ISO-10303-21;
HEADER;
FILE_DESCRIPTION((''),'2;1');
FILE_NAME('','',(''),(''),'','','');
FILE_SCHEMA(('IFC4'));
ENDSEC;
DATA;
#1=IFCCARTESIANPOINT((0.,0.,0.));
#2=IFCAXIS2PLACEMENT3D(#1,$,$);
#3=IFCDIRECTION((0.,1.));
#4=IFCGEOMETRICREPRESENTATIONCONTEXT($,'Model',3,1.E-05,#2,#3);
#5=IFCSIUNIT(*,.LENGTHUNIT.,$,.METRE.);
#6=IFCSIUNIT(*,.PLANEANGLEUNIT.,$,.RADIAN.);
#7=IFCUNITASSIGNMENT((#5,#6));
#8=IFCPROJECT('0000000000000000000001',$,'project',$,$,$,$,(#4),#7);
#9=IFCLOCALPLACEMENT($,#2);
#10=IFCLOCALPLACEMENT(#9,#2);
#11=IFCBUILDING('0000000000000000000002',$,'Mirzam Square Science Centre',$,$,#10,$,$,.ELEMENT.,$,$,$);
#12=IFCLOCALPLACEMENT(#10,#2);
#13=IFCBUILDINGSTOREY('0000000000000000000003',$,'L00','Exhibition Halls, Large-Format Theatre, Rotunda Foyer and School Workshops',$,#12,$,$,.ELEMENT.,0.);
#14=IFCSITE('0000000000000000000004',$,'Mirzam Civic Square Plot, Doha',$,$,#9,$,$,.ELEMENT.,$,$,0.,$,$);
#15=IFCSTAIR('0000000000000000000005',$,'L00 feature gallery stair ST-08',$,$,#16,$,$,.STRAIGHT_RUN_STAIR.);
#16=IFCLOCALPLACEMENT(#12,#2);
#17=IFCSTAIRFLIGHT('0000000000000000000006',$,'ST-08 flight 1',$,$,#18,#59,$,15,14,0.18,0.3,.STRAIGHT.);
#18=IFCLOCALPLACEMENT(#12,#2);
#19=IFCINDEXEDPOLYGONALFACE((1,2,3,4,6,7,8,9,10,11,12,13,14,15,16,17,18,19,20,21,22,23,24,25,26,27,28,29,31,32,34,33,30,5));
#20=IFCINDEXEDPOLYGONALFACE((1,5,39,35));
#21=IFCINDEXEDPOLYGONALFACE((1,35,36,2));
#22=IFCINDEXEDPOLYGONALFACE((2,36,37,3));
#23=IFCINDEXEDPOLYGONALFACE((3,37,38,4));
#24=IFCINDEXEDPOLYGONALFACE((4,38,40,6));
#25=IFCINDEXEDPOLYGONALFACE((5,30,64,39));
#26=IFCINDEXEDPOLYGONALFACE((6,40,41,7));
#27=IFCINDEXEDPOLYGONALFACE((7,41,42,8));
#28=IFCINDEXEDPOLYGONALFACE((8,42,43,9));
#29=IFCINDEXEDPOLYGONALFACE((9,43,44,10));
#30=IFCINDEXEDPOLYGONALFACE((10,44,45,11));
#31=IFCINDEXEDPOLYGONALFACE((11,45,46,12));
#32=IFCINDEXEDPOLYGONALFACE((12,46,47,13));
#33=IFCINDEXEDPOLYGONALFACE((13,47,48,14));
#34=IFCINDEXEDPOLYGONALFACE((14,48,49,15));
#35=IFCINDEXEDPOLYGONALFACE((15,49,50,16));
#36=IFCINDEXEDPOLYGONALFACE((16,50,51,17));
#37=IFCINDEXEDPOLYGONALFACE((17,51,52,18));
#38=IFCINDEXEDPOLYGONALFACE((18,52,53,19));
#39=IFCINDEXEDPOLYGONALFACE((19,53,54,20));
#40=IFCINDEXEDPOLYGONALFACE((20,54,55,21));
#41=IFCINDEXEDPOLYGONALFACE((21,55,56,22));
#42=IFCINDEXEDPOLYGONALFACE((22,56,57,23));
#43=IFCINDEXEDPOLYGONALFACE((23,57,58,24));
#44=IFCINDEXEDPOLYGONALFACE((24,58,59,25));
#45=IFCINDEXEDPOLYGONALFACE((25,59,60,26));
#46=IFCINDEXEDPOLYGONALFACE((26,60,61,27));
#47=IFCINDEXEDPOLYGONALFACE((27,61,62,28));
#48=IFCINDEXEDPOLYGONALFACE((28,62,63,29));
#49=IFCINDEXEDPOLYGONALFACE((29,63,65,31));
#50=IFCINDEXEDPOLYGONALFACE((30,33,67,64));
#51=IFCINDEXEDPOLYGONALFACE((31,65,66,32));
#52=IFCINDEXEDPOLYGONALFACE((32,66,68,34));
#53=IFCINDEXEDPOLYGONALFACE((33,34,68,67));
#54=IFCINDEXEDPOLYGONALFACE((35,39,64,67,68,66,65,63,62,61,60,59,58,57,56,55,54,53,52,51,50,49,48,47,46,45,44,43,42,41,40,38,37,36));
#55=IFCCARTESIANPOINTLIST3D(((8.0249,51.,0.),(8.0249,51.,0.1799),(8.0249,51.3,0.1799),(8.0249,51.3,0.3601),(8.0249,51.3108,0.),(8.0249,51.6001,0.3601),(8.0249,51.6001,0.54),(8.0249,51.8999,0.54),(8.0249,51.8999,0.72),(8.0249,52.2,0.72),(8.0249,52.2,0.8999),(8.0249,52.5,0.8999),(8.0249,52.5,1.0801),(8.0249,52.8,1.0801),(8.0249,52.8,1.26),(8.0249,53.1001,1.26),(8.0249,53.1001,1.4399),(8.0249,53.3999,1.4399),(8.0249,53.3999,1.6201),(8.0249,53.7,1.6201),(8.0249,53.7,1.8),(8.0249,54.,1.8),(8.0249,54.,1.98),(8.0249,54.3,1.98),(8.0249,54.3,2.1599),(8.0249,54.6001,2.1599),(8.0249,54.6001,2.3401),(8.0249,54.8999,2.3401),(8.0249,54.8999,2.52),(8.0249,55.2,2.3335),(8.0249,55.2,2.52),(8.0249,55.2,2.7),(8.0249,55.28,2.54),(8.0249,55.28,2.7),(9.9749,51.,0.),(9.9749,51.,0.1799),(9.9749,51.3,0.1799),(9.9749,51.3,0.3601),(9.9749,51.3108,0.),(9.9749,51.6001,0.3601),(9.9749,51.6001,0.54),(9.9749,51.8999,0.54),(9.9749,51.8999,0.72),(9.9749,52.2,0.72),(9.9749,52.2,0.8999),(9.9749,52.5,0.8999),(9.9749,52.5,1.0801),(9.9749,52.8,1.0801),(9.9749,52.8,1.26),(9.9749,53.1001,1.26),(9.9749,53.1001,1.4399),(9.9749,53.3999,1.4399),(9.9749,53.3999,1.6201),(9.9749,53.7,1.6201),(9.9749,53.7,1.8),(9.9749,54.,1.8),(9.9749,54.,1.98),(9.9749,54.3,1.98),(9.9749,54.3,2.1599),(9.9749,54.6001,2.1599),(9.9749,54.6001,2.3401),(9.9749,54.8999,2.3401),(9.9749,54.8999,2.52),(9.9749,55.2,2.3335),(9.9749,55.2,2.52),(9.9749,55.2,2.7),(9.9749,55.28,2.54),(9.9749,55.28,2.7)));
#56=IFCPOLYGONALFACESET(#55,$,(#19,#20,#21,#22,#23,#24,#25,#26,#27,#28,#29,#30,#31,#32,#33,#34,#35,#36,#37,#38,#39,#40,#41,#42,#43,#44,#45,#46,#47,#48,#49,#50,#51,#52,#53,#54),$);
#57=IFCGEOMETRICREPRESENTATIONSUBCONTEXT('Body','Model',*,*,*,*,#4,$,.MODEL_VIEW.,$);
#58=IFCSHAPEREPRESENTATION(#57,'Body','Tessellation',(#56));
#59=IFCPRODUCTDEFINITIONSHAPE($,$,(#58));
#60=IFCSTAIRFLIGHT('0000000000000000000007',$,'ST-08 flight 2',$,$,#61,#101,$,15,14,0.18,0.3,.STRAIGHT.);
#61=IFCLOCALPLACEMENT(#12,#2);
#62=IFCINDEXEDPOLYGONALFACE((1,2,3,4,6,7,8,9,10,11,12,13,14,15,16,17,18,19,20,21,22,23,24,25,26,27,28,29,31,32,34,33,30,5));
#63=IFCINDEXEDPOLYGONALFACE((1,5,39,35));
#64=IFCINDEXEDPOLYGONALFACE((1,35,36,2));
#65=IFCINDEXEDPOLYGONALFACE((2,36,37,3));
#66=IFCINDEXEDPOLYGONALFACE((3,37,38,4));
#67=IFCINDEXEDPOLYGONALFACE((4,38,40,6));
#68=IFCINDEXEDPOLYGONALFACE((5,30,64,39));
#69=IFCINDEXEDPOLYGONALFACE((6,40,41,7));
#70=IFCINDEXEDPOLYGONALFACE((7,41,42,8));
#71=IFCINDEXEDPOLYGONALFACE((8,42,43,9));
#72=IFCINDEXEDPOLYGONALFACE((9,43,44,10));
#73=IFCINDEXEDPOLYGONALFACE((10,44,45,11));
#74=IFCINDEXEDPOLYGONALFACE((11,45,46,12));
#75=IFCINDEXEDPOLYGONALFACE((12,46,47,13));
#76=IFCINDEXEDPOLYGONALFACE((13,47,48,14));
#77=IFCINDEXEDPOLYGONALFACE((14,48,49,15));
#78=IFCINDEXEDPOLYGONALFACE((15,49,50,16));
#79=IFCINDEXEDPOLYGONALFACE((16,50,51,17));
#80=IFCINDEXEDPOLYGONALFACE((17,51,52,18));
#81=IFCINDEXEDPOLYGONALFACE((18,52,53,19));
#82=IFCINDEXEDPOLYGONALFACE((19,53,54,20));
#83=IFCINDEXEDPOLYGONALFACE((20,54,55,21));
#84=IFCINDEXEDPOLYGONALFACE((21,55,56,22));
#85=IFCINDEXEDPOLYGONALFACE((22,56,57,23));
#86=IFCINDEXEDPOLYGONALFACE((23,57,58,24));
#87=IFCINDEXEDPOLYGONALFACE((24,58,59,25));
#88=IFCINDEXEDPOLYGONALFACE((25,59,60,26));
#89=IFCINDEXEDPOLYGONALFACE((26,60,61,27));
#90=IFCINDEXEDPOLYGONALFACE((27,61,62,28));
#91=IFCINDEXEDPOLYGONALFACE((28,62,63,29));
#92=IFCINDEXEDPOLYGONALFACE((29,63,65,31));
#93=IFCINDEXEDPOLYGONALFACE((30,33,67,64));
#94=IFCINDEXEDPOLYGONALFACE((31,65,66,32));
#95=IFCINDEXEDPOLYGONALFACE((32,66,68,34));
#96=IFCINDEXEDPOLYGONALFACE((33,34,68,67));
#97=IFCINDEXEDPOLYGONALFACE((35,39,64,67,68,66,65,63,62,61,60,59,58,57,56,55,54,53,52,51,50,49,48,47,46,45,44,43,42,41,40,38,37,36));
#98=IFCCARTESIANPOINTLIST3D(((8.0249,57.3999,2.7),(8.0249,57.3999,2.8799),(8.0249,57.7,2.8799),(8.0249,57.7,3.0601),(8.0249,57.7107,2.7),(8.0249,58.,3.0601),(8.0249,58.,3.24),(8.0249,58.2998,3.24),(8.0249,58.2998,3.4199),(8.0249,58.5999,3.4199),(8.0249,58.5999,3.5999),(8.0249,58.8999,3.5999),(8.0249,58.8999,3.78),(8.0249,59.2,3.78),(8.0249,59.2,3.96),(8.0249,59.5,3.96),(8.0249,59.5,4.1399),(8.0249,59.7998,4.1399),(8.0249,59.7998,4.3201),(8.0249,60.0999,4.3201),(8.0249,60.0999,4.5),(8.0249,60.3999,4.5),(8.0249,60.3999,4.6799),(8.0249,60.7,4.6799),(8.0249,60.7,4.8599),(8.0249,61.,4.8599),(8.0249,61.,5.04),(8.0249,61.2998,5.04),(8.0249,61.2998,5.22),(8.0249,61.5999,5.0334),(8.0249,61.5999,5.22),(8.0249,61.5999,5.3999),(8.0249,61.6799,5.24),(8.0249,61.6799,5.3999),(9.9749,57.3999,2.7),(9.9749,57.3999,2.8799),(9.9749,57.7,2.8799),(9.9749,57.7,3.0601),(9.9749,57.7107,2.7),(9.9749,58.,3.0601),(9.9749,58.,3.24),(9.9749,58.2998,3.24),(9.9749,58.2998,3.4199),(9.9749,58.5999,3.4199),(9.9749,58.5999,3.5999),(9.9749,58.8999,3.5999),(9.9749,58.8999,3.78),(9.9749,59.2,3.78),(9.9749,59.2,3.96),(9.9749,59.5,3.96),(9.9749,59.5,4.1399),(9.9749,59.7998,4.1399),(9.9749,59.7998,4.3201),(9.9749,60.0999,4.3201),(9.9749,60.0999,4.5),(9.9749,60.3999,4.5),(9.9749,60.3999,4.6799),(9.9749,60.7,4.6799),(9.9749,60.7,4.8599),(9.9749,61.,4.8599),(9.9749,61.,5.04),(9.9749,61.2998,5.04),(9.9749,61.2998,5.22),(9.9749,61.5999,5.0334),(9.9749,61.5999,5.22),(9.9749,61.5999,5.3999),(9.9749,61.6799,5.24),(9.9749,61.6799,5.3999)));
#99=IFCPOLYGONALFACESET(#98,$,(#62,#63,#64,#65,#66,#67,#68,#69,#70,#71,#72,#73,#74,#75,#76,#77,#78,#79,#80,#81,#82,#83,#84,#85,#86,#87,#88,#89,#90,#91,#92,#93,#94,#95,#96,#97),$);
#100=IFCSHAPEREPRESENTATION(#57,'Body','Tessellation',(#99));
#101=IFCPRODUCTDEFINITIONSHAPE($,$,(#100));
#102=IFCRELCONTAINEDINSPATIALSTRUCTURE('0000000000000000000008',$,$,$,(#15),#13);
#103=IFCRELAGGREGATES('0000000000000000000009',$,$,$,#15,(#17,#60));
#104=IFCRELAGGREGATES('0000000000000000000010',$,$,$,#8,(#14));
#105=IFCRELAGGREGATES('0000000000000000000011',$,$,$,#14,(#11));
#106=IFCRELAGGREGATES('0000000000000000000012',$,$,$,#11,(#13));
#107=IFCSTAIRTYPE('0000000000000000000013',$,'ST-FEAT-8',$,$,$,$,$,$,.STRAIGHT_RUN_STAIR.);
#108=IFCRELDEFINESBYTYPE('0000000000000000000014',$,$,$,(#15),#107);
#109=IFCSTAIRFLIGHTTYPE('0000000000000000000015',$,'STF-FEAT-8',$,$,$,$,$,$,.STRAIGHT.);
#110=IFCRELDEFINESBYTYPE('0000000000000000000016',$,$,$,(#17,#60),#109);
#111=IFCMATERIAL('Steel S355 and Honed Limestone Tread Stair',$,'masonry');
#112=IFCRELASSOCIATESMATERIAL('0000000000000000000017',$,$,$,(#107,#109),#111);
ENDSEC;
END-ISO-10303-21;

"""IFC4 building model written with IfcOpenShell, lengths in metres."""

from ifc_helpers import new_model, si_unit, direction, frame, origin, place, context, subcontext, project, spatial, polyline, outline, extrude, material, type_object, element, aggregate, save


model = new_model("IFC4")

# Units and contexts
model_context = context("Model", 3, precision=1e-05, world=origin(), true_north=direction((0.0, 1.0)))
body_context = subcontext(model_context, "Body", "Model", "MODEL_VIEW")
ifc_project = project(units=[si_unit("LENGTHUNIT", "METRE"), si_unit("PLANEANGLEUNIT", "RADIAN")], contexts=[model_context])

# Site, building, storey
site_placement = place(None, origin())
site = spatial("IfcSite", under=ifc_project, at=site_placement, Name="Mirzam Civic Square Plot, Doha", CompositionType="ELEMENT", RefElevation=0.0)
building_placement = place(site_placement, origin())
building = spatial("IfcBuilding", under=site, at=building_placement, Name="Mirzam Square Science Centre", CompositionType="ELEMENT")
storey_placement = place(building_placement, origin())
storey = spatial("IfcBuildingStorey", under=building, at=storey_placement, Name="L00", Description="Exhibition Halls, Large-Format Theatre, Rotunda Foyer and School Workshops", CompositionType="ELEMENT", Elevation=0.0)

# Stair, stair flights
ifc_material_1 = material(Name="Steel S355 and Honed Limestone Tread Stair", Category="masonry")
stair_type = type_object("IfcStairType", Name="ST-FEAT-8", PredefinedType="STRAIGHT_RUN_STAIR", material=ifc_material_1)
stair_placement = place(storey_placement, origin())
stair = element("IfcStair", 1, at=stair_placement, inside=storey, type_object=stair_type, Name="L00 feature gallery stair ST-08", PredefinedType="STRAIGHT_RUN_STAIR")
stair_flight_type = type_object("IfcStairFlightType", Name="STF-FEAT-8", PredefinedType="STRAIGHT", material=ifc_material_1)
stair_flight_1_placement = place(storey_placement, frame((9.0, 51.0, 0.0), z_axis=(0.0, 0.0, 1.0), x_axis=(0.0, 1.0, 0.0)))
stair_flight_1 = element("IfcStairFlight", 2, at=stair_flight_1_placement, type_object=stair_flight_type, Name="ST-08 flight 1", NumberOfRisers=15, NumberOfTreads=14, PredefinedType="STRAIGHT", RiserHeight=0.18, TreadLength=0.3, context=body_context, shape_type="SweptSolid", body=[
    extrude(outline(polyline([(0.0, 0.0), (0.0, 0.1799), (0.3, 0.1799), (0.3, 0.3601), (0.6001, 0.3601), (0.6001, 0.54), (0.8999, 0.54), (0.8999, 0.72), (1.2, 0.72), (1.2, 0.8999), (1.5, 0.8999), (1.5, 1.0801), (1.8, 1.0801), (1.8, 1.26), (2.1001, 1.26), (2.1001, 1.4399), (2.3999, 1.4399), (2.3999, 1.6201), (2.7, 1.6201), (2.7, 1.8), (3.0, 1.8), (3.0, 1.98), (3.3, 1.98), (3.3, 2.1599), (3.6001, 2.1599), (3.6001, 2.3401), (3.8999, 2.3401), (3.8999, 2.52), (4.2, 2.52), (4.2, 2.7), (4.28, 2.7), (4.28, 2.54), (4.2, 2.3335), (0.3108, 0.0), (0.0, 0.0)])), frame((0.0, 0.9751, 0.0), z_axis=(0.0, -1.0, 0.0), x_axis=(1.0, 0.0, 0.0)), (0.0, 0.0, 1.0), 1.95),
])
stair_flight_2_placement = place(storey_placement, frame((9.0, 57.3999, 2.7), z_axis=(0.0, 0.0, 1.0), x_axis=(0.0, 1.0, 0.0)))
stair_flight_2 = element("IfcStairFlight", 3, at=stair_flight_2_placement, type_object=stair_flight_type, Name="ST-08 flight 2", NumberOfRisers=15, NumberOfTreads=14, PredefinedType="STRAIGHT", RiserHeight=0.18, TreadLength=0.3, context=body_context, shape_type="SweptSolid", body=[
    extrude(outline(polyline([(0.0, 0.0), (0.0, 0.1799), (0.3, 0.1799), (0.3, 0.3601), (0.6001, 0.3601), (0.6001, 0.54), (0.8999, 0.54), (0.8999, 0.72), (1.2, 0.72), (1.2, 0.8999), (1.5, 0.8999), (1.5, 1.0801), (1.8, 1.0801), (1.8, 1.26), (2.1001, 1.26), (2.1001, 1.4399), (2.3999, 1.4399), (2.3999, 1.6201), (2.7, 1.6201), (2.7, 1.8), (3.0, 1.8), (3.0, 1.98), (3.3, 1.98), (3.3, 2.1599), (3.6001, 2.1599), (3.6001, 2.3401), (3.8999, 2.3401), (3.8999, 2.52), (4.2, 2.52), (4.2, 2.7), (4.28, 2.7), (4.28, 2.54), (4.2, 2.3335), (0.3108, 0.0), (0.0, 0.0)])), frame((0.0, 0.9751, 0.0), z_axis=(0.0, -1.0, 0.0), x_axis=(1.0, 0.0, 0.0)), (0.0, 0.0, 1.0), 1.95),
])
aggregate(stair, [stair_flight_1, stair_flight_2])

save(model, "model.ifc")
